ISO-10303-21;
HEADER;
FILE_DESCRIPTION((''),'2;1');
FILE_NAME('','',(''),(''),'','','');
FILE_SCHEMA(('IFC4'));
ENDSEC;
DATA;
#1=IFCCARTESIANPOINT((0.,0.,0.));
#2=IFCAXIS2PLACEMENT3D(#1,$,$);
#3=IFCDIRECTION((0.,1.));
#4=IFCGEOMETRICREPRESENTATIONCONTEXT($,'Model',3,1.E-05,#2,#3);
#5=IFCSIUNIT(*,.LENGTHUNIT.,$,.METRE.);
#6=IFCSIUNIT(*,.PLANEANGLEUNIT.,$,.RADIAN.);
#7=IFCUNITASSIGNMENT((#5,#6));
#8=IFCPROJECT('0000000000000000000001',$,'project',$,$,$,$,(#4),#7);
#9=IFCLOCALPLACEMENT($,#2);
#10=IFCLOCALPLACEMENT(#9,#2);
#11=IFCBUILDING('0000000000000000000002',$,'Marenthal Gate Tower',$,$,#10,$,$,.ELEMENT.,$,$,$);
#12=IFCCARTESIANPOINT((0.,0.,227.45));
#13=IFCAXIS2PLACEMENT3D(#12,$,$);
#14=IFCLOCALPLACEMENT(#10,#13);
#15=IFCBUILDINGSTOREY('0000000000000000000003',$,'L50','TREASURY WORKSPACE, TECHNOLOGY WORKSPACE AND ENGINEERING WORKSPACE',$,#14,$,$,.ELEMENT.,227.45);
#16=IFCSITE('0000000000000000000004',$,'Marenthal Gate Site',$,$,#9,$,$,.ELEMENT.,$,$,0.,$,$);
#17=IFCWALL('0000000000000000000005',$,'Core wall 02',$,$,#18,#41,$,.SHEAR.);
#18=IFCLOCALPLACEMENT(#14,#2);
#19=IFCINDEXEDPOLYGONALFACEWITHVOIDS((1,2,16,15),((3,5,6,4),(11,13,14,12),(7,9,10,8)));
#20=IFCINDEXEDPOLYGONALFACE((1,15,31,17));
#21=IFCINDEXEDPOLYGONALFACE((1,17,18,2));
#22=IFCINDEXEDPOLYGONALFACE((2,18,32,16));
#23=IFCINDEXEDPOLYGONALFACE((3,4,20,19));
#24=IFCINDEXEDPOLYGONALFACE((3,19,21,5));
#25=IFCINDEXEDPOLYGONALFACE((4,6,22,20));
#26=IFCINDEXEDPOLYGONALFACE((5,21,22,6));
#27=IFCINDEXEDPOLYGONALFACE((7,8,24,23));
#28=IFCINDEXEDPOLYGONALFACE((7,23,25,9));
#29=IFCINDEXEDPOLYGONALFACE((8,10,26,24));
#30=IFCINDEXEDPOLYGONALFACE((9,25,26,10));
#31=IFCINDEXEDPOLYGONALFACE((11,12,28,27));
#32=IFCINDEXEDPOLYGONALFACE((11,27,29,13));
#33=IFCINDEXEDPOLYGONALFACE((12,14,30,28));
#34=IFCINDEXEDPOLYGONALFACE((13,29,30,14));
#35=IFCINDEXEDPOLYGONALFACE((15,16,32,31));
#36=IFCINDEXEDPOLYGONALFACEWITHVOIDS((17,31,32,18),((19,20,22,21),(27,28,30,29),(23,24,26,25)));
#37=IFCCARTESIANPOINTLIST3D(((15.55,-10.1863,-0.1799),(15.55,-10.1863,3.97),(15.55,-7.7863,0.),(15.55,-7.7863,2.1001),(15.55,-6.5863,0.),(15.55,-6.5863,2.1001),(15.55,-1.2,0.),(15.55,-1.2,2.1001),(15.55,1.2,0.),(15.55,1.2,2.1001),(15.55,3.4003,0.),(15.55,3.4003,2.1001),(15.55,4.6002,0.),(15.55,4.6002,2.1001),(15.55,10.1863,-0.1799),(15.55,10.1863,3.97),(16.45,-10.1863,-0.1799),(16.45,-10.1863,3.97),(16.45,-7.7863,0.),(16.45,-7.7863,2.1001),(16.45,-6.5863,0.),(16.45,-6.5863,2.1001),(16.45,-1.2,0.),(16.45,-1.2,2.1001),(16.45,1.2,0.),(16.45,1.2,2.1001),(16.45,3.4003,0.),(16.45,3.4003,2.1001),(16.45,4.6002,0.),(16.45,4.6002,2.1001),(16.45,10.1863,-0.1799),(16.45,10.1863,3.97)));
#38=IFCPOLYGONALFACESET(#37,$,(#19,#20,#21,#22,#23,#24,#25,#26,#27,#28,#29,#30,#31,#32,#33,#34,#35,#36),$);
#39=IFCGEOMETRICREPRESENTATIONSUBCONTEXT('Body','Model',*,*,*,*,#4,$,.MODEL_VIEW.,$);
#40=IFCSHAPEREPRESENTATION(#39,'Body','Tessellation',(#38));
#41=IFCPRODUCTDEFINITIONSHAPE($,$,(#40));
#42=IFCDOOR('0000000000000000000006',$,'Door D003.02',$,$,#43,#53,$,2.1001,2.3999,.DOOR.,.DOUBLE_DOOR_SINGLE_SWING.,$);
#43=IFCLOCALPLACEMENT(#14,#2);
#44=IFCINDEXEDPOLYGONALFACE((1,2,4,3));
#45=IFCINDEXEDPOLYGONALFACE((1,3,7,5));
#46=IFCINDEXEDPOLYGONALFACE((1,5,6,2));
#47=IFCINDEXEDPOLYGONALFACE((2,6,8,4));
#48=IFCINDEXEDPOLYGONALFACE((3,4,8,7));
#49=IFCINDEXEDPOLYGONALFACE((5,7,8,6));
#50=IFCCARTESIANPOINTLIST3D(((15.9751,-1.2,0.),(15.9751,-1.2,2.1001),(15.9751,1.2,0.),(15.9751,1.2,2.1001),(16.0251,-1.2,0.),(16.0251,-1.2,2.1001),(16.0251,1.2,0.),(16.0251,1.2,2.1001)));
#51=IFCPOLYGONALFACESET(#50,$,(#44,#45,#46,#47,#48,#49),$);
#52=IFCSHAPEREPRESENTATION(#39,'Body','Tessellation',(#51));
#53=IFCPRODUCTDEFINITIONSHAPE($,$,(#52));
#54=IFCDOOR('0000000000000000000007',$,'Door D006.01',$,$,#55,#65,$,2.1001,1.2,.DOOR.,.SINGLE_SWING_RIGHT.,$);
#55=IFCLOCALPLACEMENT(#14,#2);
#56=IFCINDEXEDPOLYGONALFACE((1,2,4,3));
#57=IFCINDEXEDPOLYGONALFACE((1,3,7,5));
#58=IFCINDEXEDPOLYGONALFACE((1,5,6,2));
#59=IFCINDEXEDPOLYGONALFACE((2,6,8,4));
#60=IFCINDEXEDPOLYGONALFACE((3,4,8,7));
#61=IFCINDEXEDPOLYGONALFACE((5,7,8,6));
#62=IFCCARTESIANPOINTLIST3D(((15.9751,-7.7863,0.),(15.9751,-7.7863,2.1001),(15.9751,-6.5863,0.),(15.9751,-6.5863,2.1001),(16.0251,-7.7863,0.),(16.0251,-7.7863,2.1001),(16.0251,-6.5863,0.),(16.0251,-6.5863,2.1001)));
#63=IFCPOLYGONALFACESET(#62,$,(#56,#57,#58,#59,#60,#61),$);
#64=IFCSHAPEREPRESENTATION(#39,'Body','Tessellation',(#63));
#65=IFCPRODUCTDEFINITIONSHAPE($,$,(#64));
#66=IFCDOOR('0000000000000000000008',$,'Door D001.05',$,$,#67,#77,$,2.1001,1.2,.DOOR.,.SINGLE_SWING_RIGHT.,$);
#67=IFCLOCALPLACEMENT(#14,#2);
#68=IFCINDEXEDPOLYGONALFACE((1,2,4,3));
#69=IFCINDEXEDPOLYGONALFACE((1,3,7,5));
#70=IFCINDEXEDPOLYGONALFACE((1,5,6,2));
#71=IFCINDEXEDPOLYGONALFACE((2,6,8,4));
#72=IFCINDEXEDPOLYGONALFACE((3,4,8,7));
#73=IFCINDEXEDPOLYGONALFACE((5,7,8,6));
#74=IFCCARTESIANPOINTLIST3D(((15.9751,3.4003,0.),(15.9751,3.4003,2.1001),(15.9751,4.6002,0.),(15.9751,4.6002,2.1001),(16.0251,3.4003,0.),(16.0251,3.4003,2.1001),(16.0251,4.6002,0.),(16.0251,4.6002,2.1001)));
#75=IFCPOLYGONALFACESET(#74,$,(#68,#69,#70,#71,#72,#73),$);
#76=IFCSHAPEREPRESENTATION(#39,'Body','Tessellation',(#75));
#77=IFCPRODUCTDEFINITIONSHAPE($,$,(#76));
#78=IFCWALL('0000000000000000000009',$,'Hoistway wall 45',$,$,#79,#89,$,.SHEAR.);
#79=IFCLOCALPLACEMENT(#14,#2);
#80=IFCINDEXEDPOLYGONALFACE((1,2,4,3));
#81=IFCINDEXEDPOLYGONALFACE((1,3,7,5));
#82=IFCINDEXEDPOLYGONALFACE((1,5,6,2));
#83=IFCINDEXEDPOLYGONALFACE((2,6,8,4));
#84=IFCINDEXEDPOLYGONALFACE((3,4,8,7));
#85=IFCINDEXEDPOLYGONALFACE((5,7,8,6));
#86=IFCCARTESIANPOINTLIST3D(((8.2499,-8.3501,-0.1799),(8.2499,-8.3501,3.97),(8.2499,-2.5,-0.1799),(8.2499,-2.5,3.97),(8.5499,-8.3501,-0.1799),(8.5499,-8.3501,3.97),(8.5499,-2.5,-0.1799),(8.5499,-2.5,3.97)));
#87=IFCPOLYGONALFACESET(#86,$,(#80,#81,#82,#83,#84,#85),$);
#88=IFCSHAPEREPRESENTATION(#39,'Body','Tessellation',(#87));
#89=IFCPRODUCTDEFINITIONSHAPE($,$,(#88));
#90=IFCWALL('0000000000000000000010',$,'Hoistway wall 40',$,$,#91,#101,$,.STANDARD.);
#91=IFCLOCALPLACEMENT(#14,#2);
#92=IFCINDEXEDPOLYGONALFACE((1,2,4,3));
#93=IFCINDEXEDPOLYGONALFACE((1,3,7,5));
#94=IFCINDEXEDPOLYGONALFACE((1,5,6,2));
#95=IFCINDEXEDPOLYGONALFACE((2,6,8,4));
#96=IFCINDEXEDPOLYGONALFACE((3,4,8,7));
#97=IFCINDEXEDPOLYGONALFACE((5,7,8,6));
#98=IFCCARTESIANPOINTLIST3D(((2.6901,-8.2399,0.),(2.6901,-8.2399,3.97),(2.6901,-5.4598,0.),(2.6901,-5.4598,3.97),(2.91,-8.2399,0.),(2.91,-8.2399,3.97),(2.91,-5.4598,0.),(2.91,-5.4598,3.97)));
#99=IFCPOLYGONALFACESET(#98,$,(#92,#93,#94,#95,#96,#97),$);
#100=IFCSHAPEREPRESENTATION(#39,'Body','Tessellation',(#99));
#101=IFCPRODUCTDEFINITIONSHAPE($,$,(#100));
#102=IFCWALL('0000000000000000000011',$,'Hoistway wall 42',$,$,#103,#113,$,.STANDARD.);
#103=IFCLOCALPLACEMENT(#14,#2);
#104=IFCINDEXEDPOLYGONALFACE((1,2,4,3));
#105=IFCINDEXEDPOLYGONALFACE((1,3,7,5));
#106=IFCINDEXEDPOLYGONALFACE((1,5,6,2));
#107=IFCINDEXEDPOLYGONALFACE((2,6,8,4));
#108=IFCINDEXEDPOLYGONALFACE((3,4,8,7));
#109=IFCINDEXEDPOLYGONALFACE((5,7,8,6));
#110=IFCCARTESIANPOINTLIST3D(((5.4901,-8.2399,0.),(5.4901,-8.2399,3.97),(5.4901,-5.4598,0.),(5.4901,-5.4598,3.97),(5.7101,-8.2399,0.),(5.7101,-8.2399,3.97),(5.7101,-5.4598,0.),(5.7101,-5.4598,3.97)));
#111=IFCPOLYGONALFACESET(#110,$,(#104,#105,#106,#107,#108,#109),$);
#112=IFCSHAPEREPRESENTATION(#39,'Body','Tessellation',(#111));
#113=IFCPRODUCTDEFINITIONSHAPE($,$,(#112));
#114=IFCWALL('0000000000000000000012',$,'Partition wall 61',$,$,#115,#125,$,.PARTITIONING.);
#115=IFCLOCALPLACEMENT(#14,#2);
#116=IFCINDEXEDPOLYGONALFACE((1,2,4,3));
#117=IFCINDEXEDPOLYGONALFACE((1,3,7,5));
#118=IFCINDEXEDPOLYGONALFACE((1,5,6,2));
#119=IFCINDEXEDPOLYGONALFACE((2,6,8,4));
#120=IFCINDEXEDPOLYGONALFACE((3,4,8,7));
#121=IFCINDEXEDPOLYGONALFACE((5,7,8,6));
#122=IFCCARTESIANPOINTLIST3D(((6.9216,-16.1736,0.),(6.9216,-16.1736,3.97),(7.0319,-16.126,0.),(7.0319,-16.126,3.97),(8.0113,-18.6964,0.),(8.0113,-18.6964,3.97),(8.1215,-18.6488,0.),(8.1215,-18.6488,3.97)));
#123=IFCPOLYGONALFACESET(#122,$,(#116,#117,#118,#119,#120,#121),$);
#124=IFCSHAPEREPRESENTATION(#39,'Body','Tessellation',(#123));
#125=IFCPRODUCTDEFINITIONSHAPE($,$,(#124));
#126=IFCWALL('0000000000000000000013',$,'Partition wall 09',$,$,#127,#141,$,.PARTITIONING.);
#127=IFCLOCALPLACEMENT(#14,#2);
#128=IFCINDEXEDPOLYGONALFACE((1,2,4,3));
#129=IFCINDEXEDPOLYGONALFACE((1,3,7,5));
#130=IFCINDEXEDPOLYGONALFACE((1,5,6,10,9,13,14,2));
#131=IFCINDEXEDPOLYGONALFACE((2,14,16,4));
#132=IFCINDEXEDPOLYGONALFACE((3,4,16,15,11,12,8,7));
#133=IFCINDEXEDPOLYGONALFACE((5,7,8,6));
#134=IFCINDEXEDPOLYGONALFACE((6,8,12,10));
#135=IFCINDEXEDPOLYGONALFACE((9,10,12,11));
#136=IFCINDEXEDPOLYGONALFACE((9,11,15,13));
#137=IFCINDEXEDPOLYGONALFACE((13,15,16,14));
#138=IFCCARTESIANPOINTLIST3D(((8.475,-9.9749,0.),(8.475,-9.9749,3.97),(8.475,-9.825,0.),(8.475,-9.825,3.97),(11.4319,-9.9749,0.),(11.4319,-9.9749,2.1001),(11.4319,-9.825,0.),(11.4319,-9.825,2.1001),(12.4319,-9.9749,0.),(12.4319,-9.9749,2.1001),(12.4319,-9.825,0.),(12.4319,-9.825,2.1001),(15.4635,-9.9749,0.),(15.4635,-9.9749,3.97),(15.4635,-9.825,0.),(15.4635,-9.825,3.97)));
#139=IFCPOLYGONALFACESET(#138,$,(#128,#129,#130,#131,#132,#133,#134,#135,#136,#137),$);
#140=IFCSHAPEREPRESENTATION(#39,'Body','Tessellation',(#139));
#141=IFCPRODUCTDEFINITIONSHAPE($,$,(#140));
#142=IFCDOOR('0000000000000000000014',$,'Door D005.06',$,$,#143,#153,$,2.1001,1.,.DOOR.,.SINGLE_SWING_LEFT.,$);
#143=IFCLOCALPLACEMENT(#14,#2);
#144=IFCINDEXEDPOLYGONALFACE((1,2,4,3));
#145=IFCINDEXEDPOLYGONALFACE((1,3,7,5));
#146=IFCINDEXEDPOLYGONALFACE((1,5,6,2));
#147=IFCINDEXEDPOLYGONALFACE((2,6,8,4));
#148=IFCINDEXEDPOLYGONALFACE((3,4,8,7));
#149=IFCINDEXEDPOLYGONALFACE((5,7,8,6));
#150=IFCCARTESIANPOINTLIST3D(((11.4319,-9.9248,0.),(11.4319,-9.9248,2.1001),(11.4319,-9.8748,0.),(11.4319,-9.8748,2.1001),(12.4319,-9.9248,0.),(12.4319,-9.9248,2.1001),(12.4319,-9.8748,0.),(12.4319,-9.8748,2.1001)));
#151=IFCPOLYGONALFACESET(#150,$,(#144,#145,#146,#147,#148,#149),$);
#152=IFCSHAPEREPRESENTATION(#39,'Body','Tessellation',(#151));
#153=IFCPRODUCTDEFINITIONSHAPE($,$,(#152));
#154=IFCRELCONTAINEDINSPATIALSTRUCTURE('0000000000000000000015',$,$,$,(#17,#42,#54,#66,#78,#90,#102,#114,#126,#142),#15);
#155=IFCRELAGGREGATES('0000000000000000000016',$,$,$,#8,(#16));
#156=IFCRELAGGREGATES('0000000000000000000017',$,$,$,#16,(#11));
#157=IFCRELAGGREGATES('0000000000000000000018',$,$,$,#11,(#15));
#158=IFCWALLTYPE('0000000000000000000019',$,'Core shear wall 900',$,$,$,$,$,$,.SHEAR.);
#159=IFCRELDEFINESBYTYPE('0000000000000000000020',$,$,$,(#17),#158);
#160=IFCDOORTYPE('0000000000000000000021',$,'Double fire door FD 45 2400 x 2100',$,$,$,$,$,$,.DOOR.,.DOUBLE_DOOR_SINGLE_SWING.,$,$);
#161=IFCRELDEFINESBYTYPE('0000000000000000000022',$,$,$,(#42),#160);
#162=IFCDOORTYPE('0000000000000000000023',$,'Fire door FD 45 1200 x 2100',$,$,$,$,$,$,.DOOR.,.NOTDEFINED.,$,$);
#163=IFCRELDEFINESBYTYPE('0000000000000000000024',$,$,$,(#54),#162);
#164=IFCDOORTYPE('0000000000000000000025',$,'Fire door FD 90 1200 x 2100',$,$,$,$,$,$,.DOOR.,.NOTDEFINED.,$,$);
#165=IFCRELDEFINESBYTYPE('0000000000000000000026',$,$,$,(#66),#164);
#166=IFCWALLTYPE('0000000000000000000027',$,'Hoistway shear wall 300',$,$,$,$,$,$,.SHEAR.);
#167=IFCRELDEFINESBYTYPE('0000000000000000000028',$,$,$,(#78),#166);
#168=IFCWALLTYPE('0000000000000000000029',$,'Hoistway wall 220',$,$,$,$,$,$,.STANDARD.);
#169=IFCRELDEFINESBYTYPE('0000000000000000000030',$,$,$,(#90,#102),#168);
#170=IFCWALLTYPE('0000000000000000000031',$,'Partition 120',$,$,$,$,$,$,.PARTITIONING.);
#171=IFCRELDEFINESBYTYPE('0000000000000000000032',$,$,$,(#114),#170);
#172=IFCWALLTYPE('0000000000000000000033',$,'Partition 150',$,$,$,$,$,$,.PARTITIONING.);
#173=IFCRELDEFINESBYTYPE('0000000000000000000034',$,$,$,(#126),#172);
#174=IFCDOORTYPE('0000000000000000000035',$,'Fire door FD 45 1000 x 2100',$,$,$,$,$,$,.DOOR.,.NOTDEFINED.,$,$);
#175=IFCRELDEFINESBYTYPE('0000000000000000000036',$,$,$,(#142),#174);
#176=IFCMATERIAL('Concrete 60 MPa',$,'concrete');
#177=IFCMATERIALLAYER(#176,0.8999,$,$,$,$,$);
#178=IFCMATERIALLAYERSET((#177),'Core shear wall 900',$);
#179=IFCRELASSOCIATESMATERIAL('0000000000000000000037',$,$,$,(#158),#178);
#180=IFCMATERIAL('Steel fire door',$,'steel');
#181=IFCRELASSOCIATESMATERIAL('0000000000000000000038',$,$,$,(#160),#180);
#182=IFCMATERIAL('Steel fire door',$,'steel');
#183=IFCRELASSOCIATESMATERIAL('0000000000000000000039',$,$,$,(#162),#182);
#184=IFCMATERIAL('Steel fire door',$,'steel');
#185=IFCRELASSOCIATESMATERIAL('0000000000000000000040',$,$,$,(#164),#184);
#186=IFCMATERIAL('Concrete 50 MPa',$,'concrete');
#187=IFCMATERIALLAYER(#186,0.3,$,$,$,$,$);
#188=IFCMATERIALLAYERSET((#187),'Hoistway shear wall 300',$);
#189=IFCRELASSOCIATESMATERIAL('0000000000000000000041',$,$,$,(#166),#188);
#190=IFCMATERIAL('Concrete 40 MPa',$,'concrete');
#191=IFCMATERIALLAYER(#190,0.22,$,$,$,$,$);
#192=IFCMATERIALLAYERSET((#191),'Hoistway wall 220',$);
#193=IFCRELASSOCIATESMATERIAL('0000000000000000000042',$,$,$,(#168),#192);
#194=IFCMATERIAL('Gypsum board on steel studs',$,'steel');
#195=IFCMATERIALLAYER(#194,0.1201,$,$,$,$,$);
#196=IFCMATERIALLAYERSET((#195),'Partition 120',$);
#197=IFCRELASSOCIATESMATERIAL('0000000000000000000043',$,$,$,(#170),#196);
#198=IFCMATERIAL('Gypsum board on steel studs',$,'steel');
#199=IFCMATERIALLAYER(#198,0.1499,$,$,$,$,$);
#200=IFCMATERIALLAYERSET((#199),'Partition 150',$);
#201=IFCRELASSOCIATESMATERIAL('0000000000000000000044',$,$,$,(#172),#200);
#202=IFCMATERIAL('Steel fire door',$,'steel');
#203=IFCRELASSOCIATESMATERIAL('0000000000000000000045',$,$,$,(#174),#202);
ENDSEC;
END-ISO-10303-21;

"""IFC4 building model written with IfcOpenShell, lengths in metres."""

from ifc_helpers import new_model, si_unit, direction, frame, frame_2d, origin, place, context, subcontext, project, spatial, rectangle, extrude, material, layer, layer_set, type_object, element, fill, save


model = new_model("IFC4")

# Units and contexts
model_context = context("Model", 3, precision=1e-05, world=origin(), true_north=direction((0.0, 1.0)))
body_context = subcontext(model_context, "Body", "Model", "MODEL_VIEW")
ifc_project = project(units=[si_unit("LENGTHUNIT", "METRE"), si_unit("PLANEANGLEUNIT", "RADIAN")], contexts=[model_context])

# Site, building, storey
site_placement = place(None, origin())
site = spatial("IfcSite", under=ifc_project, at=site_placement, Name="Marenthal Gate Site", CompositionType="ELEMENT", RefElevation=0.0)
building_placement = place(site_placement, origin())
building = spatial("IfcBuilding", under=site, at=building_placement, Name="Marenthal Gate Tower", CompositionType="ELEMENT")
storey_placement = place(building_placement, frame((0.0, 0.0, 227.45)))
storey = spatial("IfcBuildingStorey", under=building, at=storey_placement, Name="L50", Description="TREASURY WORKSPACE, TECHNOLOGY WORKSPACE AND ENGINEERING WORKSPACE", CompositionType="ELEMENT", Elevation=227.45)

# Shared definitions
ifc_material_1 = material(Name="Concrete 60 MPa", Category="concrete")
ifc_layer_1 = layer(ifc_material_1, 0.8999)
ifc_layer_set_1 = layer_set([ifc_layer_1], Name="Core shear wall 900")
wall_type_1 = type_object("IfcWallType", Name="Core shear wall 900", PredefinedType="SHEAR", material=ifc_layer_set_1)

# Wall, openings, doors
wall_1_placement = place(storey_placement, frame((16.0, -10.1863, -0.1799), z_axis=(0.0, 0.0, 1.0), x_axis=(0.0, 1.0, 0.0)))
wall_1 = element("IfcWall", 1, at=wall_1_placement, inside=storey, type_object=wall_type_1, Name="Core wall 02", PredefinedType="SHEAR", context=body_context, shape_type="SweptSolid", body=[
    extrude(rectangle(XDim=20.3726, YDim=0.8999, at=frame_2d((10.1863, 0.0))), origin(), (0.0, 0.0, 1.0), 4.1499),
])
opening_1_placement = place(wall_1_placement, frame((8.9863, 0.0, 0.1799)))
opening_1 = element("IfcOpeningElement", 2, at=opening_1_placement, cuts=wall_1, PredefinedType="OPENING", context=body_context, shape_type="SweptSolid", body=[
    extrude(rectangle(XDim=2.3999, YDim=2.1001, at=frame_2d((1.2, 1.05))), frame((0.0, 0.46, 0.0), z_axis=(0.0, -1.0, 0.0), x_axis=(1.0, 0.0, 0.0)), (0.0, 0.0, 1.0), 0.9199),
])
opening_2_placement = place(wall_1_placement, frame((13.5864, 0.0, 0.1799)))
opening_2 = element("IfcOpeningElement", 3, at=opening_2_placement, cuts=wall_1, PredefinedType="OPENING", context=body_context, shape_type="SweptSolid", body=[
    extrude(rectangle(XDim=1.2, YDim=2.1001, at=frame_2d((0.6001, 1.05))), frame((0.0, 0.46, 0.0), z_axis=(0.0, -1.0, 0.0), x_axis=(1.0, 0.0, 0.0)), (0.0, 0.0, 1.0), 0.9199),
])
opening_3_placement = place(wall_1_placement, frame((2.3999, 0.0, 0.1799)))
opening_3 = element("IfcOpeningElement", 4, at=opening_3_placement, cuts=wall_1, PredefinedType="OPENING", context=body_context, shape_type="SweptSolid", body=[
    extrude(rectangle(XDim=1.2, YDim=2.1001, at=frame_2d((0.6001, 1.05))), frame((0.0, 0.46, 0.0), z_axis=(0.0, -1.0, 0.0), x_axis=(1.0, 0.0, 0.0)), (0.0, 0.0, 1.0), 0.9199),
])
ifc_material_2 = material(Name="Steel fire door", Category="steel")
door_type_1 = type_object("IfcDoorType", Name="Double fire door FD 45 2400 x 2100", OperationType="DOUBLE_DOOR_SINGLE_SWING", PredefinedType="DOOR", material=ifc_material_2)
door_1_placement = place(opening_1_placement, origin())
door_1 = element("IfcDoor", 5, at=door_1_placement, inside=storey, type_object=door_type_1, Name="Door D003.02", OperationType="DOUBLE_DOOR_SINGLE_SWING", OverallHeight=2.1001, OverallWidth=2.3999, PredefinedType="DOOR", context=body_context, shape_type="SweptSolid", body=[
    extrude(rectangle(XDim=2.3999, YDim=2.1001, at=frame_2d((1.2, 1.05))), frame((0.0, 0.0249, 0.0), z_axis=(0.0, -1.0, 0.0), x_axis=(1.0, 0.0, 0.0)), (0.0, 0.0, 1.0), 0.05),
])
fill(opening_1, door_1)
ifc_material_3 = material(Name="Steel fire door", Category="steel")
door_type_2 = type_object("IfcDoorType", Name="Fire door FD 45 1200 x 2100", OperationType="NOTDEFINED", PredefinedType="DOOR", material=ifc_material_3)
door_2_placement = place(opening_3_placement, origin())
door_2 = element("IfcDoor", 6, at=door_2_placement, inside=storey, type_object=door_type_2, Name="Door D006.01", OperationType="SINGLE_SWING_RIGHT", OverallHeight=2.1001, OverallWidth=1.2, PredefinedType="DOOR", context=body_context, shape_type="SweptSolid", body=[
    extrude(rectangle(XDim=1.2, YDim=2.1001, at=frame_2d((0.6001, 1.05))), frame((0.0, 0.0249, 0.0), z_axis=(0.0, -1.0, 0.0), x_axis=(1.0, 0.0, 0.0)), (0.0, 0.0, 1.0), 0.05),
])
fill(opening_3, door_2)
ifc_material_4 = material(Name="Steel fire door", Category="steel")
door_type_3 = type_object("IfcDoorType", Name="Fire door FD 90 1200 x 2100", OperationType="NOTDEFINED", PredefinedType="DOOR", material=ifc_material_4)
door_3_placement = place(opening_2_placement, origin())
door_3 = element("IfcDoor", 7, at=door_3_placement, inside=storey, type_object=door_type_3, Name="Door D001.05", OperationType="SINGLE_SWING_RIGHT", OverallHeight=2.1001, OverallWidth=1.2, PredefinedType="DOOR", context=body_context, shape_type="SweptSolid", body=[
    extrude(rectangle(XDim=1.2, YDim=2.1001, at=frame_2d((0.6001, 1.05))), frame((0.0, 0.0249, 0.0), z_axis=(0.0, -1.0, 0.0), x_axis=(1.0, 0.0, 0.0)), (0.0, 0.0, 1.0), 0.05),
])
fill(opening_2, door_3)

# Walls
ifc_material_5 = material(Name="Concrete 50 MPa", Category="concrete")
ifc_layer_2 = layer(ifc_material_5, 0.3)
ifc_layer_set_2 = layer_set([ifc_layer_2], Name="Hoistway shear wall 300")
wall_type_2 = type_object("IfcWallType", Name="Hoistway shear wall 300", PredefinedType="SHEAR", material=ifc_layer_set_2)
wall_2_placement = place(storey_placement, frame((8.3999, -8.3501, -0.1799), z_axis=(0.0, 0.0, 1.0), x_axis=(0.0, 1.0, 0.0)))
element("IfcWall", 8, at=wall_2_placement, inside=storey, type_object=wall_type_2, Name="Hoistway wall 45", PredefinedType="SHEAR", context=body_context, shape_type="SweptSolid", body=[
    extrude(rectangle(XDim=5.8501, YDim=0.3, at=frame_2d((2.925, 0.0))), origin(), (0.0, 0.0, 1.0), 4.1499),
])
ifc_material_6 = material(Name="Concrete 40 MPa", Category="concrete")
ifc_layer_3 = layer(ifc_material_6, 0.22)
ifc_layer_set_3 = layer_set([ifc_layer_3], Name="Hoistway wall 220")
wall_type_3 = type_object("IfcWallType", Name="Hoistway wall 220", PredefinedType="STANDARD", material=ifc_layer_set_3)
for number, where, z_axis, x_axis, name in (
    (9, (2.8, -8.24, 0.0), (0.0, 0.0, 1.0), (0.0, 1.0, 0.0), "Hoistway wall 40"),
    (10, (5.6001, -8.24, 0.0), (0.0, 0.0, 1.0), (0.0, 1.0, 0.0), "Hoistway wall 42"),
):
    element("IfcWall", number, at=place(storey_placement, frame(where, z_axis=z_axis, x_axis=x_axis)), inside=storey, type_object=wall_type_3, Name=name, PredefinedType="STANDARD", context=body_context, shape_type="SweptSolid", body=[
        extrude(rectangle(XDim=2.78, YDim=0.22, at=frame_2d((1.3901, 0.0))), origin(), (0.0, 0.0, 1.0), 3.97),
    ])
ifc_material_7 = material(Name="Gypsum board on steel studs", Category="steel")
ifc_layer_4 = layer(ifc_material_7, 0.1201)
ifc_layer_set_4 = layer_set([ifc_layer_4], Name="Partition 120")
wall_type_4 = type_object("IfcWallType", Name="Partition 120", PredefinedType="PARTITIONING", material=ifc_layer_set_4)
wall_3_placement = place(storey_placement, frame((8.0664, -18.6726, 0.0), z_axis=(0.0, 0.0, 1.0), x_axis=(-0.396513, 0.918029, 0.0)))
element("IfcWall", 11, at=wall_3_placement, inside=storey, type_object=wall_type_4, Name="Partition wall 61", PredefinedType="PARTITIONING", context=body_context, shape_type="SweptSolid", body=[
    extrude(rectangle(XDim=2.748, YDim=0.1201, at=frame_2d((1.374, 0.0))), origin(), (0.0, 0.0, 1.0), 3.97),
])

# Wall, opening, door
ifc_material_8 = material(Name="Gypsum board on steel studs", Category="steel")
ifc_layer_5 = layer(ifc_material_8, 0.1499)
ifc_layer_set_5 = layer_set([ifc_layer_5], Name="Partition 150")
wall_type_5 = type_object("IfcWallType", Name="Partition 150", PredefinedType="PARTITIONING", material=ifc_layer_set_5)
wall_4_placement = place(storey_placement, frame((8.4751, -9.8999, 0.0), z_axis=(0.0, 0.0, 1.0), x_axis=(1.0, 0.0, 0.0)))
wall_4 = element("IfcWall", 12, at=wall_4_placement, inside=storey, type_object=wall_type_5, Name="Partition wall 09", PredefinedType="PARTITIONING", context=body_context, shape_type="SweptSolid", body=[
    extrude(rectangle(XDim=6.9885, YDim=0.1499, at=frame_2d((3.4941, 0.0))), origin(), (0.0, 0.0, 1.0), 3.97),
])
opening_4_placement = place(wall_4_placement, frame((2.9568, 0.0, 0.0)))
opening_4 = element("IfcOpeningElement", 13, at=opening_4_placement, cuts=wall_4, PredefinedType="OPENING", context=body_context, shape_type="SweptSolid", body=[
    extrude(rectangle(XDim=1.0, YDim=2.1001, at=frame_2d((0.5, 1.05))), frame((0.0, 0.085, 0.0), z_axis=(0.0, -1.0, 0.0), x_axis=(1.0, 0.0, 0.0)), (0.0, 0.0, 1.0), 0.1699),
])
ifc_material_9 = material(Name="Steel fire door", Category="steel")
door_type_4 = type_object("IfcDoorType", Name="Fire door FD 45 1000 x 2100", OperationType="NOTDEFINED", PredefinedType="DOOR", material=ifc_material_9)
door_4_placement = place(opening_4_placement, frame((1.0, 0.0, 0.0), z_axis=(0.0, 0.0, 1.0), x_axis=(-1.0, 0.0, 0.0)))
door_4 = element("IfcDoor", 14, at=door_4_placement, inside=storey, type_object=door_type_4, Name="Door D005.06", OperationType="SINGLE_SWING_LEFT", OverallHeight=2.1001, OverallWidth=1.0, PredefinedType="DOOR", context=body_context, shape_type="SweptSolid", body=[
    extrude(rectangle(XDim=1.0, YDim=2.1001, at=frame_2d((0.5, 1.05))), frame((0.0, 0.0249, 0.0), z_axis=(0.0, -1.0, 0.0), x_axis=(1.0, 0.0, 0.0)), (0.0, 0.0, 1.0), 0.05),
])
fill(opening_4, door_4)

save(model, "model.ifc")
